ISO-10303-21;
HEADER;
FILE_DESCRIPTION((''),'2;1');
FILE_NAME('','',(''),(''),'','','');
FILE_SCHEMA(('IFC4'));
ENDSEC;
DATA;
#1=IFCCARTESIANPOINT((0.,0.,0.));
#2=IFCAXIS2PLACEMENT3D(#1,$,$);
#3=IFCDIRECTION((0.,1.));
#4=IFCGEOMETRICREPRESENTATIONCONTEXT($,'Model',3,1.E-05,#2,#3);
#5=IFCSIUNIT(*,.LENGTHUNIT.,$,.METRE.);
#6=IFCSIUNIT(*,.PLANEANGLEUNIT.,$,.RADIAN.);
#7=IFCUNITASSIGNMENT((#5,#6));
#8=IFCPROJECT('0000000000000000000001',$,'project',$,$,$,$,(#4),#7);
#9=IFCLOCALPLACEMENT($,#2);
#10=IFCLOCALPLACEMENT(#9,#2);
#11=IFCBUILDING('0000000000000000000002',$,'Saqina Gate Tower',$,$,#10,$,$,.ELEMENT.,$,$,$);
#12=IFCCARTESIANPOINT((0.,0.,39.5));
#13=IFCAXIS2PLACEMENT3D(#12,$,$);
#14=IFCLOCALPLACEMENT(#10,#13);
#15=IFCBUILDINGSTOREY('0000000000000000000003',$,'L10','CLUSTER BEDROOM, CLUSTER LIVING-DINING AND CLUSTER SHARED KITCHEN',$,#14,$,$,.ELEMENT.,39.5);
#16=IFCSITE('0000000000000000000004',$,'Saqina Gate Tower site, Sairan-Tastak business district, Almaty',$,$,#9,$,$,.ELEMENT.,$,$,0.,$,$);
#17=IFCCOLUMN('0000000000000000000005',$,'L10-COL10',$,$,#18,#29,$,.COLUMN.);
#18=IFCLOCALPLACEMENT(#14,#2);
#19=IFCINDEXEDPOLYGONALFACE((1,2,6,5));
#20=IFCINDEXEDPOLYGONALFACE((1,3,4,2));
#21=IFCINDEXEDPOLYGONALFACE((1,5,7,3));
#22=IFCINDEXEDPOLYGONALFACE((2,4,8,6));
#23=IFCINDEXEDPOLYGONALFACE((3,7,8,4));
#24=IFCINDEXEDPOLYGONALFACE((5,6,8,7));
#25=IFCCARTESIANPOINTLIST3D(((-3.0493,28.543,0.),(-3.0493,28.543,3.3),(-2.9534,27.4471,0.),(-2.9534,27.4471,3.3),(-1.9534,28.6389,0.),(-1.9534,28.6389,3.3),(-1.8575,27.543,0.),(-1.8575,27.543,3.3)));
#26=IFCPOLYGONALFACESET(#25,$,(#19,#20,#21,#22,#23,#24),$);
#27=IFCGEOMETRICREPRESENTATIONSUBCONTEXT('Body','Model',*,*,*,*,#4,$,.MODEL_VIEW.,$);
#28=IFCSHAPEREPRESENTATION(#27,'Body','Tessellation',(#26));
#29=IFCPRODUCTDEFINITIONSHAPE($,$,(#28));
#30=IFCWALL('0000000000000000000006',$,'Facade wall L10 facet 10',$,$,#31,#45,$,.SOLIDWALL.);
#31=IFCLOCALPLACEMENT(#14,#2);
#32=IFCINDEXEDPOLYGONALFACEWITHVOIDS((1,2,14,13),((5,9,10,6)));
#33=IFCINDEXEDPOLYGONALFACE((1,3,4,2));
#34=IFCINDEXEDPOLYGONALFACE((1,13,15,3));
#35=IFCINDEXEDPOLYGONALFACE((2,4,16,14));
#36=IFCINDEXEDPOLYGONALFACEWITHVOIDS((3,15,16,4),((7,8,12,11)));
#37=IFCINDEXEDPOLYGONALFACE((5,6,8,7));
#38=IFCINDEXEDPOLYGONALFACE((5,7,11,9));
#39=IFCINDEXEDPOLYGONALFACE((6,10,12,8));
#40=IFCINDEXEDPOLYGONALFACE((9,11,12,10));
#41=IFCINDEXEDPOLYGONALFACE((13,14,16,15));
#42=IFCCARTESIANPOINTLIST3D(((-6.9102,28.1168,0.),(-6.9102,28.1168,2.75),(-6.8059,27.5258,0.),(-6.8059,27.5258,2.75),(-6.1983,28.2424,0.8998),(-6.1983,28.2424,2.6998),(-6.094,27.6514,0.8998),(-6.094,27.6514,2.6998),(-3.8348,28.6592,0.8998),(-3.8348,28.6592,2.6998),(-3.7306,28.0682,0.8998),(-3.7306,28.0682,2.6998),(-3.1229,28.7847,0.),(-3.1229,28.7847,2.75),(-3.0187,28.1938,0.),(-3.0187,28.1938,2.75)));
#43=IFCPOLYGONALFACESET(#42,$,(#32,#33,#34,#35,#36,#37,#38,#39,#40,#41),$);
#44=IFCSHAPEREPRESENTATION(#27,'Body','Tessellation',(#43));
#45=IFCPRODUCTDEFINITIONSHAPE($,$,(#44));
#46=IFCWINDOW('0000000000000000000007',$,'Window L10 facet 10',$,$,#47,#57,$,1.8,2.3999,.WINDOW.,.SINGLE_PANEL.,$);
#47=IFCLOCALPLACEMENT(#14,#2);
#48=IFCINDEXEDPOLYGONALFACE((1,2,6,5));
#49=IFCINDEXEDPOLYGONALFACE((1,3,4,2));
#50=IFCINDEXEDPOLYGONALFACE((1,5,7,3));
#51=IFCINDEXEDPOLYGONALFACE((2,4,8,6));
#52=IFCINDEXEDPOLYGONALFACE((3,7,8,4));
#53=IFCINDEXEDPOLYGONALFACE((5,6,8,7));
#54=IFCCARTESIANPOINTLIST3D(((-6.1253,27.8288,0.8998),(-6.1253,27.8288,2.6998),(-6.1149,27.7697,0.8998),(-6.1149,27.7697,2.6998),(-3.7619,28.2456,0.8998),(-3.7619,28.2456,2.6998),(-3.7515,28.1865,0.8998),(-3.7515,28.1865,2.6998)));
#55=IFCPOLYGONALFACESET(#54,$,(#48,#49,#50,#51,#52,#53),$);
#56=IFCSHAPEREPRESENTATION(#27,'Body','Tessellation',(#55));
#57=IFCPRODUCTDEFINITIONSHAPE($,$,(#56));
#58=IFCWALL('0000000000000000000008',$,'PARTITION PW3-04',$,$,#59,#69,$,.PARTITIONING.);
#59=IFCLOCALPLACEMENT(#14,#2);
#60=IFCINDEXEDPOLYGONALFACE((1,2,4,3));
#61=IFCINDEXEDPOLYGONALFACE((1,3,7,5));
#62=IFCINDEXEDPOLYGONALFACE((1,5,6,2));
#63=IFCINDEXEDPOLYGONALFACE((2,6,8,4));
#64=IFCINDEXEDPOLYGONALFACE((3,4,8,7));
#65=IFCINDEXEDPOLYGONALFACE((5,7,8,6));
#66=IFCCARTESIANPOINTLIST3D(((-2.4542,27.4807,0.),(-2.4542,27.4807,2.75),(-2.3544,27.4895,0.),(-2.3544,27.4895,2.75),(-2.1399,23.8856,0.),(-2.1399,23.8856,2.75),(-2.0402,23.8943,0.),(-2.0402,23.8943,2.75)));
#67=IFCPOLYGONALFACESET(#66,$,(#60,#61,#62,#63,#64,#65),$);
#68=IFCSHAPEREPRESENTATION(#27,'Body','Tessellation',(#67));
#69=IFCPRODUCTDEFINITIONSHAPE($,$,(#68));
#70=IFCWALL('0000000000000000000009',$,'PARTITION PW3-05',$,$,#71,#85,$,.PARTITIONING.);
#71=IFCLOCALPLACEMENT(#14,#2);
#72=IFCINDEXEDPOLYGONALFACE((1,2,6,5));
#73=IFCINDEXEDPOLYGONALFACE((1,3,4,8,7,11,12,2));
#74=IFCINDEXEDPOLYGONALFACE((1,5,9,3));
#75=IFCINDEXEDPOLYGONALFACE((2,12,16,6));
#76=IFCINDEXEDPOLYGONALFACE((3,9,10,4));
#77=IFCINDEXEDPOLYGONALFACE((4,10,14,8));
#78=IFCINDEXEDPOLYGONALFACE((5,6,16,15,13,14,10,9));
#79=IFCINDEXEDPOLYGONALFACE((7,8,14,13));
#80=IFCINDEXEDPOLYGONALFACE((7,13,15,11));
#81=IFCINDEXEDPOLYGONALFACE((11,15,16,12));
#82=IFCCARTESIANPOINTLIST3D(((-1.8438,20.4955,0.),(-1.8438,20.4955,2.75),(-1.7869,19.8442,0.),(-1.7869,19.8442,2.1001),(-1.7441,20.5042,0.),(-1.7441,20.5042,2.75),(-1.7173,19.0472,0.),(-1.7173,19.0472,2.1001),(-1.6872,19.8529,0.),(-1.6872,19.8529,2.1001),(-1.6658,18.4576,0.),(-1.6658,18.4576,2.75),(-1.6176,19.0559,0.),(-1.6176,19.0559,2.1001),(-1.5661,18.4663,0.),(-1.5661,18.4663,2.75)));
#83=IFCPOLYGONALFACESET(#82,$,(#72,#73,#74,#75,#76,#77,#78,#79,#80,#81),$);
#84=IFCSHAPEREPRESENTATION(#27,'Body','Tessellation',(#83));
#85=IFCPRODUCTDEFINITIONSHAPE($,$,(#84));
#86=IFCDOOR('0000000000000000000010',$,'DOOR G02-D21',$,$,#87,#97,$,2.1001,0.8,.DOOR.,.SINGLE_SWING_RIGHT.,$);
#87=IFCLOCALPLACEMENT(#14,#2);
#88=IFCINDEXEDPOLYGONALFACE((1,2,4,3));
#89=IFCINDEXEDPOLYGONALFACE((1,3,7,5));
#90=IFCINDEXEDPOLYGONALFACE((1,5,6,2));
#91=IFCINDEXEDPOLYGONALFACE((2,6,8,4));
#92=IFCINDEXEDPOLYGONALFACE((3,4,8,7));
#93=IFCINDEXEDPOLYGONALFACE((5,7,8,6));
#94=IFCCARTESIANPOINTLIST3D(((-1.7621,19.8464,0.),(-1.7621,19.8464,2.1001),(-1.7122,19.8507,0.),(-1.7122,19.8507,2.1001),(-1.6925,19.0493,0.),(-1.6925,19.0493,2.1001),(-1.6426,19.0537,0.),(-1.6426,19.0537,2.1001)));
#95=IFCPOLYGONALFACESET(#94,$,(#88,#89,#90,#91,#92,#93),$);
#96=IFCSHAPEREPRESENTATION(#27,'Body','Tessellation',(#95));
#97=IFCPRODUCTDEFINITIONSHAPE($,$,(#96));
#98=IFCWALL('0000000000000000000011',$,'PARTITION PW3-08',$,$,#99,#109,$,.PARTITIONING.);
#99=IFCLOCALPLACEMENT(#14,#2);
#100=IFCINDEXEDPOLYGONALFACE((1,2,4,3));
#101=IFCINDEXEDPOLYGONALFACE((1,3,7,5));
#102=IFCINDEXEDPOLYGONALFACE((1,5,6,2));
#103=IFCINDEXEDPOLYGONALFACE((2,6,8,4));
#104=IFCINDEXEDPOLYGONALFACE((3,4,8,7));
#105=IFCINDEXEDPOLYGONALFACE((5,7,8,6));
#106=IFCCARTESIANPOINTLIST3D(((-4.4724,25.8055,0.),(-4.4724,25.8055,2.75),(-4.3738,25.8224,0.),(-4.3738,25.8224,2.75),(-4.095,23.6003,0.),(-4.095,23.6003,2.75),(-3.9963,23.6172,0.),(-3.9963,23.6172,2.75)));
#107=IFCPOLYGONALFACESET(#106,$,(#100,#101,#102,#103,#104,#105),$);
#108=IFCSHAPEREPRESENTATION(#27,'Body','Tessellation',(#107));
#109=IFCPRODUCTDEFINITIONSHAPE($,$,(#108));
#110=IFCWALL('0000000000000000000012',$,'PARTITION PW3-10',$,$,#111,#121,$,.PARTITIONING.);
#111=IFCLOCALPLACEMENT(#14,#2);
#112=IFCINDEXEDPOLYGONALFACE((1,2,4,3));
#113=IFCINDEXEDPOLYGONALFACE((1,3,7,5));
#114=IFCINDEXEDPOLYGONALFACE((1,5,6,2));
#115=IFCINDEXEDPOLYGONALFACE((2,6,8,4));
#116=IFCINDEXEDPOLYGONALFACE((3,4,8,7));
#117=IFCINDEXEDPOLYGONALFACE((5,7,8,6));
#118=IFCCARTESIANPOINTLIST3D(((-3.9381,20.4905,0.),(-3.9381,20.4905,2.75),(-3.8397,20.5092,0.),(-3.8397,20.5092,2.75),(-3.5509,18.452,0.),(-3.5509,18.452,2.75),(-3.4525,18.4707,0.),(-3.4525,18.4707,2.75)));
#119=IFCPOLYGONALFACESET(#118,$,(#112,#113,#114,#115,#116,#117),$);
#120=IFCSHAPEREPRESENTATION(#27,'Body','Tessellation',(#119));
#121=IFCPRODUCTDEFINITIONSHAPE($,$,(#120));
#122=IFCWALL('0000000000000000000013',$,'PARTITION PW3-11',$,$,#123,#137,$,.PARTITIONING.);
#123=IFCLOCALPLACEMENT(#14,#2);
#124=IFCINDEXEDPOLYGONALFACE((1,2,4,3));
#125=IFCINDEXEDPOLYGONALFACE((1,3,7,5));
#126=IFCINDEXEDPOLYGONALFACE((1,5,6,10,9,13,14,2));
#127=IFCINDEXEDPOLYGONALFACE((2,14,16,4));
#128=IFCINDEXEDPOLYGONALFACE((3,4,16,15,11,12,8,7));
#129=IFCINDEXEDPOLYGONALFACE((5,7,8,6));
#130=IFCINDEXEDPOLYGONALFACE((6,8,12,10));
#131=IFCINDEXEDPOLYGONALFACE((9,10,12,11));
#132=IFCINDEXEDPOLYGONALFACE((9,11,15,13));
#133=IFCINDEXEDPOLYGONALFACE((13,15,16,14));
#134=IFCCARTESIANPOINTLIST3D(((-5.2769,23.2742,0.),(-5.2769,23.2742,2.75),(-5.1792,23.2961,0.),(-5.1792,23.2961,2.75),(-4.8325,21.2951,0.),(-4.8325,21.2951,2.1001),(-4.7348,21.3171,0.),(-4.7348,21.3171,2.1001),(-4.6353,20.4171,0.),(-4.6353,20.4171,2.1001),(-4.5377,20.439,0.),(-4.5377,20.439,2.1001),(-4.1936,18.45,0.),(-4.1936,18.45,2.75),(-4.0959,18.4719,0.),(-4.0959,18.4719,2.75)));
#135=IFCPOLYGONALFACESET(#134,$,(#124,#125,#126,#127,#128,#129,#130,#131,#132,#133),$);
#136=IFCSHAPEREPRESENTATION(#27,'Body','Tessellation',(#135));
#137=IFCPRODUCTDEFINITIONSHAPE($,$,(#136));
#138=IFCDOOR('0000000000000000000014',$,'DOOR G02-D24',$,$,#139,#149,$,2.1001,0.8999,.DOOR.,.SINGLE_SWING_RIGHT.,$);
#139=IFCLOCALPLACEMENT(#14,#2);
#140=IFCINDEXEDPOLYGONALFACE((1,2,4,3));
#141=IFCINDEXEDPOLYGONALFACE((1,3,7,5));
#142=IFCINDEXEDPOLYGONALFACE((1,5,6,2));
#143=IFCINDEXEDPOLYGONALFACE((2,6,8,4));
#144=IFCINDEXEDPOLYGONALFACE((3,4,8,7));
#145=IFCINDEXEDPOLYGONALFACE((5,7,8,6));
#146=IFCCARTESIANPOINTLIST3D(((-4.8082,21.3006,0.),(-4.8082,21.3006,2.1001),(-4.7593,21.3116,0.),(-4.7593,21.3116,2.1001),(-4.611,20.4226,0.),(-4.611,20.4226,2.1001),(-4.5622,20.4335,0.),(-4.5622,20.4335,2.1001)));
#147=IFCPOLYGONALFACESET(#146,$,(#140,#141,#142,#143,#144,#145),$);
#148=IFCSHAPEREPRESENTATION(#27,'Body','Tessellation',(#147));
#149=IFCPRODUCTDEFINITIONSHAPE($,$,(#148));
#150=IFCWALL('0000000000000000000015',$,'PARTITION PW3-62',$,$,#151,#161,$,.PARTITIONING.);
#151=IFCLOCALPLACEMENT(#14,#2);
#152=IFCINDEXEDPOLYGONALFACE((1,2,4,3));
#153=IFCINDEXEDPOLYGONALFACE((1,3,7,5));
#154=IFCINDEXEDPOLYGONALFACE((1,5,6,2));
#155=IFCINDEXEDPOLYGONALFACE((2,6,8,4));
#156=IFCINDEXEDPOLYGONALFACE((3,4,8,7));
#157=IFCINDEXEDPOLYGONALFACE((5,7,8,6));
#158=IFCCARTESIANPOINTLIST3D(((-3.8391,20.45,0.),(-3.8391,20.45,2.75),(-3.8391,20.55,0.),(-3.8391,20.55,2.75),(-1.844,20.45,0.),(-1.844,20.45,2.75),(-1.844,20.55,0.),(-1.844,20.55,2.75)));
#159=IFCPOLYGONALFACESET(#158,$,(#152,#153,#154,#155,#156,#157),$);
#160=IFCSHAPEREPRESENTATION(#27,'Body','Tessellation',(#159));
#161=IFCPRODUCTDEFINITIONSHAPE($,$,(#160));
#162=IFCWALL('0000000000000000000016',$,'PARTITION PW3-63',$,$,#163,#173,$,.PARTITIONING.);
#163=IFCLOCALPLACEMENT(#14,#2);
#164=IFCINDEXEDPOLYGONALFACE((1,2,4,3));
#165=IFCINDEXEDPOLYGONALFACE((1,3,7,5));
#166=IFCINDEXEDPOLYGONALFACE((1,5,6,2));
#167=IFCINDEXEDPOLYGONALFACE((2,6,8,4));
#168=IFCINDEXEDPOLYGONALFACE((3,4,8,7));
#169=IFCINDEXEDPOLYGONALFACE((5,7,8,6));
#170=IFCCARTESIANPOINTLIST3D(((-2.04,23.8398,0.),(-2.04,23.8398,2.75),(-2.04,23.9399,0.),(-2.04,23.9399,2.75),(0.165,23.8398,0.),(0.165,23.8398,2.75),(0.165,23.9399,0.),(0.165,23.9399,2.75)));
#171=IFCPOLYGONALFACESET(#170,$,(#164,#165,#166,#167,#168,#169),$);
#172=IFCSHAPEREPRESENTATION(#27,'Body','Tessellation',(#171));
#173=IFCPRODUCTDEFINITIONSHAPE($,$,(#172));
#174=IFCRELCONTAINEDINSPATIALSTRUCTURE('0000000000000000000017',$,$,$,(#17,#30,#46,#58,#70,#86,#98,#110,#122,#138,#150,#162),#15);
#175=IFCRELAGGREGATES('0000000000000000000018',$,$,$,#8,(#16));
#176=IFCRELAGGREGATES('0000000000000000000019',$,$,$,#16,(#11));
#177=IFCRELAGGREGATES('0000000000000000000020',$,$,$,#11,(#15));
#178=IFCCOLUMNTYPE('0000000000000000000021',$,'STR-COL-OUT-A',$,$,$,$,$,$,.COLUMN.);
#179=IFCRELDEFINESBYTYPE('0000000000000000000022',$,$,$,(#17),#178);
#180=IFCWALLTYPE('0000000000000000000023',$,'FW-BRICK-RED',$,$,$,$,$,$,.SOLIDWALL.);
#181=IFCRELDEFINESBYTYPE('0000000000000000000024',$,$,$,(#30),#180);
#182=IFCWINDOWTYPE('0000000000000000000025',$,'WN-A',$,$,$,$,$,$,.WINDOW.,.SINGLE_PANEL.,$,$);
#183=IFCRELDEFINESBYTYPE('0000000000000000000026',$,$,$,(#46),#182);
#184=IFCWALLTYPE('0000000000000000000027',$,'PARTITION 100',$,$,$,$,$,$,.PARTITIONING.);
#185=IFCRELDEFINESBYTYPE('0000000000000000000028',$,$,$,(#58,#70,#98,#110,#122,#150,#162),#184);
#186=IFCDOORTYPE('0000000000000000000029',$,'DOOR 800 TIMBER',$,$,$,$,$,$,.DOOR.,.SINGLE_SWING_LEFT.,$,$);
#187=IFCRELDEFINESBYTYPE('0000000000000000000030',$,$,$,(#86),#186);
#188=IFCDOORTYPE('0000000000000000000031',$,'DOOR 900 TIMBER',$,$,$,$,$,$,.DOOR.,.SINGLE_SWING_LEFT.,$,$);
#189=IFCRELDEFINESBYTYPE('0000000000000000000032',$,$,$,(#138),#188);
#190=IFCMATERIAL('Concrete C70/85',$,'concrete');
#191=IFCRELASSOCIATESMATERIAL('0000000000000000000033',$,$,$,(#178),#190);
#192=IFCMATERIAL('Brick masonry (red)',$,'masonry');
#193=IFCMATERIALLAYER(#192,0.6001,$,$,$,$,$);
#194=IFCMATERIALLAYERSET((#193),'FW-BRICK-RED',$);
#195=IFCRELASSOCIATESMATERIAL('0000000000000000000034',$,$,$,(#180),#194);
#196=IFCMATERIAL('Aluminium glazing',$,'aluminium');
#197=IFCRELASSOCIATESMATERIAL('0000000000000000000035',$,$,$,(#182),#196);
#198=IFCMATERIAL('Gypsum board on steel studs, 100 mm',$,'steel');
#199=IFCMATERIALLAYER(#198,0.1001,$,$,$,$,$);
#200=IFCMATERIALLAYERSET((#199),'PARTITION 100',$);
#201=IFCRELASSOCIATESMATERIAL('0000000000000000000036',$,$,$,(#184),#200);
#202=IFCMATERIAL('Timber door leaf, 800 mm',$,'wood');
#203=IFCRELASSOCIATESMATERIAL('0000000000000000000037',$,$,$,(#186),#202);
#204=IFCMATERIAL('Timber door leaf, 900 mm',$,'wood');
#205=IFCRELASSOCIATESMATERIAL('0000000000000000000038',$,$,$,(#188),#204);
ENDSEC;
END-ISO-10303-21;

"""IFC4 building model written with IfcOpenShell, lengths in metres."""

from ifc_helpers import new_model, si_unit, direction, frame, frame_2d, origin, origin_2d, place, context, subcontext, project, spatial, rectangle, extrude, material, layer, layer_set, material_profile, profile_set, type_object, element, fill, save


model = new_model("IFC4")

# Units and contexts
model_context = context("Model", 3, precision=1e-05, world=origin(), true_north=direction((0.0, 1.0)))
body_context = subcontext(model_context, "Body", "Model", "MODEL_VIEW")
ifc_project = project(units=[si_unit("LENGTHUNIT", "METRE"), si_unit("PLANEANGLEUNIT", "RADIAN")], contexts=[model_context])

# Site, building, storey
site_placement = place(None, origin())
site = spatial("IfcSite", under=ifc_project, at=site_placement, Name="Saqina Gate Tower site, Sairan-Tastak business district, Almaty", CompositionType="ELEMENT", RefElevation=0.0)
building_placement = place(site_placement, origin())
building = spatial("IfcBuilding", under=site, at=building_placement, Name="Saqina Gate Tower", CompositionType="ELEMENT")
storey_placement = place(building_placement, frame((0.0, 0.0, 39.5)))
storey = spatial("IfcBuildingStorey", under=building, at=storey_placement, Name="L10", Description="CLUSTER BEDROOM, CLUSTER LIVING-DINING AND CLUSTER SHARED KITCHEN", CompositionType="ELEMENT", Elevation=39.5)

# Column
ifc_material_1 = material(Name="Concrete C70/85", Category="concrete")
ifc_material_profile = material_profile(ifc_material_1, rectangle(XDim=1.1001, YDim=1.1001, at=origin_2d()), Name="RC 1100x1100")
ifc_profile_set = profile_set([ifc_material_profile], Name="Concrete C70/85")
column_type = type_object("IfcColumnType", Name="STR-COL-OUT-A", PredefinedType="COLUMN", material=ifc_profile_set)
column_placement = place(storey_placement, frame((-2.4534, 28.043, 0.0), z_axis=(0.0, 0.0, 1.0), x_axis=(-0.087156, 0.996195, 0.0)))
element("IfcColumn", 1, at=column_placement, inside=storey, type_object=column_type, Name="L10-COL10", PredefinedType="COLUMN", context=body_context, shape_type="SweptSolid", body=[
    extrude(rectangle(XDim=1.1001, YDim=1.1001, at=origin_2d()), origin(), (0.0, 0.0, 1.0), 3.3),
])

# Wall, opening, window
ifc_material_2 = material(Name="Brick masonry (red)", Category="masonry")
ifc_layer_1 = layer(ifc_material_2, 0.6001)
ifc_layer_set_1 = layer_set([ifc_layer_1], Name="FW-BRICK-RED")
wall_type_1 = type_object("IfcWallType", Name="FW-BRICK-RED", PredefinedType="SOLIDWALL", material=ifc_layer_set_1)
wall_1_placement = place(storey_placement, frame((-3.0708, 28.4893, 0.0), z_axis=(0.0, 0.0, 1.0), x_axis=(-0.984801, -0.173688, 0.0)))
wall_1 = element("IfcWall", 2, at=wall_1_placement, inside=storey, type_object=wall_type_1, Name="Facade wall L10 facet 10", PredefinedType="SOLIDWALL", context=body_context, shape_type="SweptSolid", body=[
    extrude(rectangle(XDim=3.8457, YDim=0.6001, at=frame_2d((1.9229, 0.0))), origin(), (0.0, 0.0, 1.0), 2.75),
])
opening_1_placement = place(wall_1_placement, frame((0.7229, 0.0, 0.8999)))
opening_1 = element("IfcOpeningElement", 3, at=opening_1_placement, cuts=wall_1, PredefinedType="OPENING", context=body_context, shape_type="SweptSolid", body=[
    extrude(rectangle(XDim=2.3999, YDim=1.8, at=frame_2d((1.2, 0.8999))), frame((0.0, 0.312, 0.0), z_axis=(0.0, -1.0, 0.0), x_axis=(1.0, 0.0, 0.0)), (0.0, 0.0, 1.0), 0.624),
])
ifc_material_3 = material(Name="Aluminium glazing", Category="aluminium")
window_type = type_object("IfcWindowType", Name="WN-A", PartitioningType="SINGLE_PANEL", PredefinedType="WINDOW", material=ifc_material_3)
window_placement = place(opening_1_placement, origin())
window = element("IfcWindow", 4, at=window_placement, inside=storey, type_object=window_type, Name="Window L10 facet 10", OverallHeight=1.8, OverallWidth=2.3999, PartitioningType="SINGLE_PANEL", PredefinedType="WINDOW", context=body_context, shape_type="SweptSolid", body=[
    extrude(rectangle(XDim=2.3999, YDim=1.8, at=frame_2d((1.2, 0.8999))), frame((0.0, 0.1799, 0.0), z_axis=(0.0, -1.0, 0.0), x_axis=(1.0, 0.0, 0.0)), (0.0, 0.0, 1.0), 0.0601),
])
fill(opening_1, window)

# Wall
ifc_material_4 = material(Name="Gypsum board on steel studs, 100 mm", Category="steel")
ifc_layer_2 = layer(ifc_material_4, 0.1001)
ifc_layer_set_2 = layer_set([ifc_layer_2], Name="PARTITION 100")
wall_type_2 = type_object("IfcWallType", Name="PARTITION 100", PredefinedType="PARTITIONING", material=ifc_layer_set_2)
wall_2_placement = place(storey_placement, frame((-2.4043, 27.4851, 0.0), z_axis=(0.0, 0.0, 1.0), x_axis=(0.087065, -0.996203, 0.0)))
element("IfcWall", 5, at=wall_2_placement, inside=storey, type_object=wall_type_2, Name="PARTITION PW3-04", PredefinedType="PARTITIONING", context=body_context, shape_type="SweptSolid", body=[
    extrude(rectangle(XDim=3.6089, YDim=0.1001, at=frame_2d((1.8044, 0.0))), origin(), (0.0, 0.0, 1.0), 2.75),
])

# Wall, opening, door
wall_3_placement = place(storey_placement, frame((-1.7939, 20.5, 0.0), z_axis=(0.0, 0.0, 1.0), x_axis=(0.087006, -0.996208, 0.0)))
wall_3 = element("IfcWall", 6, at=wall_3_placement, inside=storey, type_object=wall_type_2, Name="PARTITION PW3-05", PredefinedType="PARTITIONING", context=body_context, shape_type="SweptSolid", body=[
    extrude(rectangle(XDim=2.0457, YDim=0.1001, at=frame_2d((1.0229, 0.0))), origin(), (0.0, 0.0, 1.0), 2.75),
])
opening_2_placement = place(wall_3_placement, frame((0.6541, 0.0, 0.0)))
opening_2 = element("IfcOpeningElement", 7, at=opening_2_placement, cuts=wall_3, PredefinedType="OPENING", context=body_context, shape_type="SweptSolid", body=[
    extrude(rectangle(XDim=0.8, YDim=2.1001, at=frame_2d((0.3999, 1.05))), frame((0.0, 0.062, 0.0), z_axis=(0.0, -1.0, 0.0), x_axis=(1.0, 0.0, 0.0)), (0.0, 0.0, 1.0), 0.124),
])
ifc_material_5 = material(Name="Timber door leaf, 800 mm", Category="wood")
door_type_1 = type_object("IfcDoorType", Name="DOOR 800 TIMBER", OperationType="SINGLE_SWING_LEFT", PredefinedType="DOOR", material=ifc_material_5)
door_1_placement = place(opening_2_placement, origin())
door_1 = element("IfcDoor", 8, at=door_1_placement, inside=storey, type_object=door_type_1, Name="DOOR G02-D21", OperationType="SINGLE_SWING_RIGHT", OverallHeight=2.1001, OverallWidth=0.8, PredefinedType="DOOR", context=body_context, shape_type="SweptSolid", body=[
    extrude(rectangle(XDim=0.8, YDim=2.1001, at=frame_2d((0.3999, 1.05))), frame((0.0, 0.0249, 0.0), z_axis=(0.0, -1.0, 0.0), x_axis=(1.0, 0.0, 0.0)), (0.0, 0.0, 1.0), 0.05),
])
fill(opening_2, door_1)

# Walls
wall_4_placement = place(storey_placement, frame((-4.4231, 25.814, 0.0), z_axis=(0.0, 0.0, 1.0), x_axis=(0.168697, -0.985668, 0.0)))
element("IfcWall", 9, at=wall_4_placement, inside=storey, type_object=wall_type_2, Name="PARTITION PW3-08", PredefinedType="PARTITIONING", context=body_context, shape_type="SweptSolid", body=[
    extrude(rectangle(XDim=2.2373, YDim=0.1001, at=frame_2d((1.1187, 0.0))), origin(), (0.0, 0.0, 1.0), 2.75),
])
wall_5_placement = place(storey_placement, frame((-3.8889, 20.5, 0.0), z_axis=(0.0, 0.0, 1.0), x_axis=(0.186604, -0.982435, 0.0)))
element("IfcWall", 10, at=wall_5_placement, inside=storey, type_object=wall_type_2, Name="PARTITION PW3-10", PredefinedType="PARTITIONING", context=body_context, shape_type="SweptSolid", body=[
    extrude(rectangle(XDim=2.075, YDim=0.1001, at=frame_2d((1.0376, 0.0))), origin(), (0.0, 0.0, 1.0), 2.75),
])

# Wall, opening, door
wall_6_placement = place(storey_placement, frame((-5.228, 23.2852, 0.0), z_axis=(0.0, 0.0, 1.0), x_axis=(0.219089, -0.975705, 0.0)))
wall_6 = element("IfcWall", 11, at=wall_6_placement, inside=storey, type_object=wall_type_2, Name="PARTITION PW3-11", PredefinedType="PARTITIONING", context=body_context, shape_type="SweptSolid", body=[
    extrude(rectangle(XDim=4.9443, YDim=0.1001, at=frame_2d((2.4722, 0.0))), origin(), (0.0, 0.0, 1.0), 2.75),
])
opening_3_placement = place(wall_6_placement, frame((2.0283, 0.0, 0.0)))
opening_3 = element("IfcOpeningElement", 12, at=opening_3_placement, cuts=wall_6, PredefinedType="OPENING", context=body_context, shape_type="SweptSolid", body=[
    extrude(rectangle(XDim=0.8999, YDim=2.1001, at=frame_2d((0.45, 1.05))), frame((0.0, 0.062, 0.0), z_axis=(0.0, -1.0, 0.0), x_axis=(1.0, 0.0, 0.0)), (0.0, 0.0, 1.0), 0.124),
])
ifc_material_6 = material(Name="Timber door leaf, 900 mm", Category="wood")
door_type_2 = type_object("IfcDoorType", Name="DOOR 900 TIMBER", OperationType="SINGLE_SWING_LEFT", PredefinedType="DOOR", material=ifc_material_6)
door_2_placement = place(opening_3_placement, origin())
door_2 = element("IfcDoor", 13, at=door_2_placement, inside=storey, type_object=door_type_2, Name="DOOR G02-D24", OperationType="SINGLE_SWING_RIGHT", OverallHeight=2.1001, OverallWidth=0.8999, PredefinedType="DOOR", context=body_context, shape_type="SweptSolid", body=[
    extrude(rectangle(XDim=0.8999, YDim=2.1001, at=frame_2d((0.45, 1.05))), frame((0.0, 0.0249, 0.0), z_axis=(0.0, -1.0, 0.0), x_axis=(1.0, 0.0, 0.0)), (0.0, 0.0, 1.0), 0.05),
])
fill(opening_3, door_2)

# Walls
wall_7_placement = place(storey_placement, frame((-3.8391, 20.5, 0.0), z_axis=(0.0, 0.0, 1.0), x_axis=(1.0, 0.0, 0.0)))
element("IfcWall", 14, at=wall_7_placement, inside=storey, type_object=wall_type_2, Name="PARTITION PW3-62", PredefinedType="PARTITIONING", context=body_context, shape_type="SweptSolid", body=[
    extrude(rectangle(XDim=1.9951, YDim=0.1001, at=frame_2d((0.9976, 0.0))), origin(), (0.0, 0.0, 1.0), 2.75),
])
wall_8_placement = place(storey_placement, frame((-2.04, 23.8899, 0.0), z_axis=(0.0, 0.0, 1.0), x_axis=(1.0, 0.0, 0.0)))
element("IfcWall", 15, at=wall_8_placement, inside=storey, type_object=wall_type_2, Name="PARTITION PW3-63", PredefinedType="PARTITIONING", context=body_context, shape_type="SweptSolid", body=[
    extrude(rectangle(XDim=2.2051, YDim=0.1001, at=frame_2d((1.1025, 0.0))), origin(), (0.0, 0.0, 1.0), 2.75),
])

save(model, "model.ifc")
